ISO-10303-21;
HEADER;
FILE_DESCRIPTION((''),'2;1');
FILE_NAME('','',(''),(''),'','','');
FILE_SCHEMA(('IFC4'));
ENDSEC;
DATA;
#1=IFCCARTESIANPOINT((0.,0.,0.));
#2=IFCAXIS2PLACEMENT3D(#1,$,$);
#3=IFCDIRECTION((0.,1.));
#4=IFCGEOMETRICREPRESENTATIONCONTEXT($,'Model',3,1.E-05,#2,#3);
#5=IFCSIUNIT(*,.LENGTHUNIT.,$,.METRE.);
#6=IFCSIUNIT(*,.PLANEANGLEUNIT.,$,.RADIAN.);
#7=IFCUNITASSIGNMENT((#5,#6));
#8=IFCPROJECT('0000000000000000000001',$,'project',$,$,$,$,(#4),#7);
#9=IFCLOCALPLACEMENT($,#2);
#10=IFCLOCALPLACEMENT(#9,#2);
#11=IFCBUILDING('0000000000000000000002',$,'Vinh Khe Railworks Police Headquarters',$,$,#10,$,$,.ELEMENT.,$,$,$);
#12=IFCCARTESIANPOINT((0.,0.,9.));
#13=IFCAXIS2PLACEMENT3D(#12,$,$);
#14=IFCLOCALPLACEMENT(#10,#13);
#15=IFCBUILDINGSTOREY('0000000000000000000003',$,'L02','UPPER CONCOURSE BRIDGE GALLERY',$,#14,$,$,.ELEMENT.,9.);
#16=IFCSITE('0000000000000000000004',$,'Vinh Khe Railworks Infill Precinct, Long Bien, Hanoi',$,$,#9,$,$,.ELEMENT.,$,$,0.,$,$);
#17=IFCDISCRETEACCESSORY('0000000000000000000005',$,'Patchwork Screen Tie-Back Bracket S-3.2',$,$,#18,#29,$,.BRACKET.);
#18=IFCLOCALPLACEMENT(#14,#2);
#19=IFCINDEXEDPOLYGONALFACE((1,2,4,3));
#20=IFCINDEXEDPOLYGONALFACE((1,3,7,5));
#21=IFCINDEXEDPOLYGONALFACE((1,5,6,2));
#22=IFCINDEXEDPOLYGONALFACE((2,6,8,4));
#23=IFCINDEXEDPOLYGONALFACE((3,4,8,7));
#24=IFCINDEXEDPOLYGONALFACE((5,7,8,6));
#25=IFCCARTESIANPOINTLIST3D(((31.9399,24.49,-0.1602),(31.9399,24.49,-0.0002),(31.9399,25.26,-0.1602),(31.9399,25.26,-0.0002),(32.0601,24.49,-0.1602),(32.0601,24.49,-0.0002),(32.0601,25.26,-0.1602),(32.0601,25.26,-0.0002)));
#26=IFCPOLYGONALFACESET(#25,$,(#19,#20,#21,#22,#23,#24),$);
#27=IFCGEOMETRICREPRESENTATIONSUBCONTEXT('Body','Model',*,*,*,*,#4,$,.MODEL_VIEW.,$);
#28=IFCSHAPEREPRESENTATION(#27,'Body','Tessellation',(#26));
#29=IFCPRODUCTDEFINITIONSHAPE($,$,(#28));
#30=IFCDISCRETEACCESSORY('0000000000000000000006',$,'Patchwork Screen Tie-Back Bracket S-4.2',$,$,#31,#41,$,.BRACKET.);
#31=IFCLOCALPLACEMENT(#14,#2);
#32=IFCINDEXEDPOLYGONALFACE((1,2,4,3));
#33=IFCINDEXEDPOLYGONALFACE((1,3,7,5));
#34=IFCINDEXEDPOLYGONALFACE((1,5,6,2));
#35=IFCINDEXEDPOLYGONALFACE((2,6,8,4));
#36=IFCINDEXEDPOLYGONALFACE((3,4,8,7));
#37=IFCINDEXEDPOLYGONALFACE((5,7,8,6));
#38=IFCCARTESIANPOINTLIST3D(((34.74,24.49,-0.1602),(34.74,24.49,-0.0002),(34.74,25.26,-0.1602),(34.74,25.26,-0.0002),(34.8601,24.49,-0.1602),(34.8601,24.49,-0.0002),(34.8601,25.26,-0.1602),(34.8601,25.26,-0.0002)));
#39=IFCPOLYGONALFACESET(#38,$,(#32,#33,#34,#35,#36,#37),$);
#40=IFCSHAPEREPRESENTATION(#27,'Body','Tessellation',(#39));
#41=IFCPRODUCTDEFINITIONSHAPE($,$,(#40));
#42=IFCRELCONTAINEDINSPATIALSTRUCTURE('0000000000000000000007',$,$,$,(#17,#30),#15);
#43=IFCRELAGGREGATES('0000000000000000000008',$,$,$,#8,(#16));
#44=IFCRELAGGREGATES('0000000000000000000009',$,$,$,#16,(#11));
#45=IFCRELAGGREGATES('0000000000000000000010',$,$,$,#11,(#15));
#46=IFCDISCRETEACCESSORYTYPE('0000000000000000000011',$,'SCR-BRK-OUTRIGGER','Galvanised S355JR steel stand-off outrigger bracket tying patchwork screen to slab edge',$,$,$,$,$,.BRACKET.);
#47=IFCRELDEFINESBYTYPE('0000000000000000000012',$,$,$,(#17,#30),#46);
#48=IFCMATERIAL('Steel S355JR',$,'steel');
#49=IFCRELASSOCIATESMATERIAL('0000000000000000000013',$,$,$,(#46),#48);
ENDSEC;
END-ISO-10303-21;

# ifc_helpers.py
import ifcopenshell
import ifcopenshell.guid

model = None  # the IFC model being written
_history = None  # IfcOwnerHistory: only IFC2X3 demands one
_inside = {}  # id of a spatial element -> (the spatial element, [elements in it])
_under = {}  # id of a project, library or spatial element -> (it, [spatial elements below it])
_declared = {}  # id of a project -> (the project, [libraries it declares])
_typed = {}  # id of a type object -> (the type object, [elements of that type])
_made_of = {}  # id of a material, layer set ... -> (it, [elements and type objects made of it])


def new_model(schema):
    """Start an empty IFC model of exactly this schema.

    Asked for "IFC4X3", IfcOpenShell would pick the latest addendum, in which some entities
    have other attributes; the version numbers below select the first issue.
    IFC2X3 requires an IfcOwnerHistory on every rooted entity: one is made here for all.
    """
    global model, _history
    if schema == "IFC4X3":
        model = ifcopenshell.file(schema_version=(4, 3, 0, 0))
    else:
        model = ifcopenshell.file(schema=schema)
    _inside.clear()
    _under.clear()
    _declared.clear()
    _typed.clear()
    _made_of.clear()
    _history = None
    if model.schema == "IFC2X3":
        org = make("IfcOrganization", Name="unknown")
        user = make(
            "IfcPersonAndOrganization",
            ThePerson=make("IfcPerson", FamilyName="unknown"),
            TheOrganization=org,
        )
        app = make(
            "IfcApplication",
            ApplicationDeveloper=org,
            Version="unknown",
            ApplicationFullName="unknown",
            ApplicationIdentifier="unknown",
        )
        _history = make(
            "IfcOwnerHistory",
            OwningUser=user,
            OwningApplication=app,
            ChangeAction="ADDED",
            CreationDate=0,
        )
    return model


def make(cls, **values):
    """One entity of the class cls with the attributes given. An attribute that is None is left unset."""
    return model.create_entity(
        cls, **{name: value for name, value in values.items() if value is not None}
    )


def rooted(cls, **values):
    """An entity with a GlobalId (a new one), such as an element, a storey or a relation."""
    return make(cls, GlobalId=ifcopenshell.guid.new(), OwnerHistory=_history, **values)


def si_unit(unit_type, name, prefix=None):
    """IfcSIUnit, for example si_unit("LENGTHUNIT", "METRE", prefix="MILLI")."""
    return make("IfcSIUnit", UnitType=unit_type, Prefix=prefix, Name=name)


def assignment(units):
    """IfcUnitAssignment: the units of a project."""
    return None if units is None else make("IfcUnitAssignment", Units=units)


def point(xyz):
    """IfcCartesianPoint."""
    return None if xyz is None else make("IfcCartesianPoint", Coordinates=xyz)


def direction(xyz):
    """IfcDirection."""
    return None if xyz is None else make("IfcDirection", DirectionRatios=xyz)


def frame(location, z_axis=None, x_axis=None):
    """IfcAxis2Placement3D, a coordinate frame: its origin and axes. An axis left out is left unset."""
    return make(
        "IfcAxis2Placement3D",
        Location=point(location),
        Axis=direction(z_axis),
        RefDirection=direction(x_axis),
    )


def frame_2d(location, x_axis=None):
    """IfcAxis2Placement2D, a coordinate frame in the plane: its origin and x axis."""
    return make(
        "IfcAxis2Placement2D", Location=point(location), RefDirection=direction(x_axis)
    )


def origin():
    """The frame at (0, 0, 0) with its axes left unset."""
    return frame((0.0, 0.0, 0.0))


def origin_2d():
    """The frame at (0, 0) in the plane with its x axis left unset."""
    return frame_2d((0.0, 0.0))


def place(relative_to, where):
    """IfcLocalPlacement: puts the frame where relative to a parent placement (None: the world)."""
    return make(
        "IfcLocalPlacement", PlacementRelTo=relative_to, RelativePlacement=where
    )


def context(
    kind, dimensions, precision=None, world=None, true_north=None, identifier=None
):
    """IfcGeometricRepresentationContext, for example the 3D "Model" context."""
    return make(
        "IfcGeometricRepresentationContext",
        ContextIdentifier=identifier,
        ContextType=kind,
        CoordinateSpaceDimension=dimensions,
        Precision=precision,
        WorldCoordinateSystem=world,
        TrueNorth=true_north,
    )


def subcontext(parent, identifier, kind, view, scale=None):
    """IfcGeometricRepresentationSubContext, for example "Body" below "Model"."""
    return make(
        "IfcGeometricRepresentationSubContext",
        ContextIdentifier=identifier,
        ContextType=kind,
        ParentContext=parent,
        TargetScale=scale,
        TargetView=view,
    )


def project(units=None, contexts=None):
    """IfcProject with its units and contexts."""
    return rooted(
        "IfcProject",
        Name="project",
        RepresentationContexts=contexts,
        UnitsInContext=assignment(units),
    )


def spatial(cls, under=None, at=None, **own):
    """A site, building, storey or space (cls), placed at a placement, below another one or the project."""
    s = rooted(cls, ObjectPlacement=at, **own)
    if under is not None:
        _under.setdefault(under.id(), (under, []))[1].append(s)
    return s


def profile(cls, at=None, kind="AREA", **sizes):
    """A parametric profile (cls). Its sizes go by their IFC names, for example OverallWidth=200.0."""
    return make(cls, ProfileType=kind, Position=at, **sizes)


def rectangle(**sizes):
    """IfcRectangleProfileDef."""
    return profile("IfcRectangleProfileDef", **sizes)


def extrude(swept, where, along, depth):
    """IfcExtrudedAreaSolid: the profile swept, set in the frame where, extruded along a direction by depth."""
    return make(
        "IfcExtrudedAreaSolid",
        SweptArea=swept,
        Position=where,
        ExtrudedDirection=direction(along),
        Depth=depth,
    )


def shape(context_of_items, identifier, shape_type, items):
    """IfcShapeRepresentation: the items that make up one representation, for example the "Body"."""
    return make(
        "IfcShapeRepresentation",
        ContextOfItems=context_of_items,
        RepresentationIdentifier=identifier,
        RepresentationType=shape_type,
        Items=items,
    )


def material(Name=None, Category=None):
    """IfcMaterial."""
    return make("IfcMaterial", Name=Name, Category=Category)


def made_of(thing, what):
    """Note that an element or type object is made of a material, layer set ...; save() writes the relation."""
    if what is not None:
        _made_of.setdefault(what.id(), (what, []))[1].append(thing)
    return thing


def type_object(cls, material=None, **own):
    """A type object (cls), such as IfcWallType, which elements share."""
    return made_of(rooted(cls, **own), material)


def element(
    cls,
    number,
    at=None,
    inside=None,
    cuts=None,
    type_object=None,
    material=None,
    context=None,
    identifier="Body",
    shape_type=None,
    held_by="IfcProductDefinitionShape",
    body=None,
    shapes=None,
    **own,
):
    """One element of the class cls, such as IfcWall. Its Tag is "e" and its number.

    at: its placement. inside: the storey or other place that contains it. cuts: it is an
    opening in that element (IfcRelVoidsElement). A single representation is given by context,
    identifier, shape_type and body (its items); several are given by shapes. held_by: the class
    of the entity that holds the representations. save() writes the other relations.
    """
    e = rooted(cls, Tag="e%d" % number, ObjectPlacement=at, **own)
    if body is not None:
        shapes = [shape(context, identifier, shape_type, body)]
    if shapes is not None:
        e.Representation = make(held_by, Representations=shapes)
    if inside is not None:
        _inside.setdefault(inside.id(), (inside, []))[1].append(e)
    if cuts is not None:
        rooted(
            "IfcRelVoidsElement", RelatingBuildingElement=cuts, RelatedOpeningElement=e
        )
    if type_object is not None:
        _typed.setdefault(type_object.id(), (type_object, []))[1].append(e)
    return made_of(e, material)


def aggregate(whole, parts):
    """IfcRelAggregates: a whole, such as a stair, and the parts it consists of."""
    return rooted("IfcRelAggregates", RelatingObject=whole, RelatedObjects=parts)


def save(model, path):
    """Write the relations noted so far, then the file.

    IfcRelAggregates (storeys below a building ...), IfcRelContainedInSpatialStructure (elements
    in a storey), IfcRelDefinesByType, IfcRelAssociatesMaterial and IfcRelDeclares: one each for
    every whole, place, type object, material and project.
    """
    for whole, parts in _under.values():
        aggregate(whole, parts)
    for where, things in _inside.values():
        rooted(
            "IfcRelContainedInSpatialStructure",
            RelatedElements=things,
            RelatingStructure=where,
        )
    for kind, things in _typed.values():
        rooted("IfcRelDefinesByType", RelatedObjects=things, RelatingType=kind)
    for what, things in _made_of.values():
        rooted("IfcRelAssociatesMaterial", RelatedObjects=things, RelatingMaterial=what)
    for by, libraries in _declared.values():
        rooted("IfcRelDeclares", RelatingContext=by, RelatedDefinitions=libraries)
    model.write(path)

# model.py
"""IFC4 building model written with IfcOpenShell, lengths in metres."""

from ifc_helpers import new_model, si_unit, direction, frame, origin, origin_2d, place, context, subcontext, project, spatial, rectangle, extrude, material, type_object, element, save


model = new_model("IFC4")

# Units and contexts
model_context = context("Model", 3, precision=1e-05, world=origin(), true_north=direction((0.0, 1.0)))
body_context = subcontext(model_context, "Body", "Model", "MODEL_VIEW")
ifc_project = project(units=[si_unit("LENGTHUNIT", "METRE"), si_unit("PLANEANGLEUNIT", "RADIAN")], contexts=[model_context])

# Site, building, storey
site_placement = place(None, origin())
site = spatial("IfcSite", under=ifc_project, at=site_placement, Name="Vinh Khe Railworks Infill Precinct, Long Bien, Hanoi", CompositionType="ELEMENT", RefElevation=0.0)
building_placement = place(site_placement, origin())
building = spatial("IfcBuilding", under=site, at=building_placement, Name="Vinh Khe Railworks Police Headquarters", CompositionType="ELEMENT")
storey_placement = place(building_placement, frame((0.0, 0.0, 9.0)))
storey = spatial("IfcBuildingStorey", under=building, at=storey_placement, Name="L02", Description="UPPER CONCOURSE BRIDGE GALLERY", CompositionType="ELEMENT", Elevation=9.0)

# Shared definitions
ifc_material_1 = material(Name="Steel S355JR", Category="steel")

# Discrete accessories
discrete_accessory_type = type_object("IfcDiscreteAccessoryType", Name="SCR-BRK-OUTRIGGER", Description="Galvanised S355JR steel stand-off outrigger bracket tying patchwork screen to slab edge", PredefinedType="BRACKET", material=ifc_material_1)
for number, where, z_axis, x_axis, name in (
    (1, (32.0, 24.875, -0.1602), (0.0, 0.0, 1.0), (1.0, 0.0, 0.0), "Patchwork Screen Tie-Back Bracket S-3.2"),
    (2, (34.8, 24.875, -0.1602), (0.0, 0.0, 1.0), (1.0, 0.0, 0.0), "Patchwork Screen Tie-Back Bracket S-4.2"),
):
    element("IfcDiscreteAccessory", number, at=place(storey_placement, frame(where, z_axis=z_axis, x_axis=x_axis)), inside=storey, type_object=discrete_accessory_type, Name=name, PredefinedType="BRACKET", context=body_context, shape_type="SweptSolid", body=[
        extrude(rectangle(XDim=0.1201, YDim=0.77, at=origin_2d()), origin(), (0.0, 0.0, 1.0), 0.1599),
    ])

save(model, "model.ifc")
